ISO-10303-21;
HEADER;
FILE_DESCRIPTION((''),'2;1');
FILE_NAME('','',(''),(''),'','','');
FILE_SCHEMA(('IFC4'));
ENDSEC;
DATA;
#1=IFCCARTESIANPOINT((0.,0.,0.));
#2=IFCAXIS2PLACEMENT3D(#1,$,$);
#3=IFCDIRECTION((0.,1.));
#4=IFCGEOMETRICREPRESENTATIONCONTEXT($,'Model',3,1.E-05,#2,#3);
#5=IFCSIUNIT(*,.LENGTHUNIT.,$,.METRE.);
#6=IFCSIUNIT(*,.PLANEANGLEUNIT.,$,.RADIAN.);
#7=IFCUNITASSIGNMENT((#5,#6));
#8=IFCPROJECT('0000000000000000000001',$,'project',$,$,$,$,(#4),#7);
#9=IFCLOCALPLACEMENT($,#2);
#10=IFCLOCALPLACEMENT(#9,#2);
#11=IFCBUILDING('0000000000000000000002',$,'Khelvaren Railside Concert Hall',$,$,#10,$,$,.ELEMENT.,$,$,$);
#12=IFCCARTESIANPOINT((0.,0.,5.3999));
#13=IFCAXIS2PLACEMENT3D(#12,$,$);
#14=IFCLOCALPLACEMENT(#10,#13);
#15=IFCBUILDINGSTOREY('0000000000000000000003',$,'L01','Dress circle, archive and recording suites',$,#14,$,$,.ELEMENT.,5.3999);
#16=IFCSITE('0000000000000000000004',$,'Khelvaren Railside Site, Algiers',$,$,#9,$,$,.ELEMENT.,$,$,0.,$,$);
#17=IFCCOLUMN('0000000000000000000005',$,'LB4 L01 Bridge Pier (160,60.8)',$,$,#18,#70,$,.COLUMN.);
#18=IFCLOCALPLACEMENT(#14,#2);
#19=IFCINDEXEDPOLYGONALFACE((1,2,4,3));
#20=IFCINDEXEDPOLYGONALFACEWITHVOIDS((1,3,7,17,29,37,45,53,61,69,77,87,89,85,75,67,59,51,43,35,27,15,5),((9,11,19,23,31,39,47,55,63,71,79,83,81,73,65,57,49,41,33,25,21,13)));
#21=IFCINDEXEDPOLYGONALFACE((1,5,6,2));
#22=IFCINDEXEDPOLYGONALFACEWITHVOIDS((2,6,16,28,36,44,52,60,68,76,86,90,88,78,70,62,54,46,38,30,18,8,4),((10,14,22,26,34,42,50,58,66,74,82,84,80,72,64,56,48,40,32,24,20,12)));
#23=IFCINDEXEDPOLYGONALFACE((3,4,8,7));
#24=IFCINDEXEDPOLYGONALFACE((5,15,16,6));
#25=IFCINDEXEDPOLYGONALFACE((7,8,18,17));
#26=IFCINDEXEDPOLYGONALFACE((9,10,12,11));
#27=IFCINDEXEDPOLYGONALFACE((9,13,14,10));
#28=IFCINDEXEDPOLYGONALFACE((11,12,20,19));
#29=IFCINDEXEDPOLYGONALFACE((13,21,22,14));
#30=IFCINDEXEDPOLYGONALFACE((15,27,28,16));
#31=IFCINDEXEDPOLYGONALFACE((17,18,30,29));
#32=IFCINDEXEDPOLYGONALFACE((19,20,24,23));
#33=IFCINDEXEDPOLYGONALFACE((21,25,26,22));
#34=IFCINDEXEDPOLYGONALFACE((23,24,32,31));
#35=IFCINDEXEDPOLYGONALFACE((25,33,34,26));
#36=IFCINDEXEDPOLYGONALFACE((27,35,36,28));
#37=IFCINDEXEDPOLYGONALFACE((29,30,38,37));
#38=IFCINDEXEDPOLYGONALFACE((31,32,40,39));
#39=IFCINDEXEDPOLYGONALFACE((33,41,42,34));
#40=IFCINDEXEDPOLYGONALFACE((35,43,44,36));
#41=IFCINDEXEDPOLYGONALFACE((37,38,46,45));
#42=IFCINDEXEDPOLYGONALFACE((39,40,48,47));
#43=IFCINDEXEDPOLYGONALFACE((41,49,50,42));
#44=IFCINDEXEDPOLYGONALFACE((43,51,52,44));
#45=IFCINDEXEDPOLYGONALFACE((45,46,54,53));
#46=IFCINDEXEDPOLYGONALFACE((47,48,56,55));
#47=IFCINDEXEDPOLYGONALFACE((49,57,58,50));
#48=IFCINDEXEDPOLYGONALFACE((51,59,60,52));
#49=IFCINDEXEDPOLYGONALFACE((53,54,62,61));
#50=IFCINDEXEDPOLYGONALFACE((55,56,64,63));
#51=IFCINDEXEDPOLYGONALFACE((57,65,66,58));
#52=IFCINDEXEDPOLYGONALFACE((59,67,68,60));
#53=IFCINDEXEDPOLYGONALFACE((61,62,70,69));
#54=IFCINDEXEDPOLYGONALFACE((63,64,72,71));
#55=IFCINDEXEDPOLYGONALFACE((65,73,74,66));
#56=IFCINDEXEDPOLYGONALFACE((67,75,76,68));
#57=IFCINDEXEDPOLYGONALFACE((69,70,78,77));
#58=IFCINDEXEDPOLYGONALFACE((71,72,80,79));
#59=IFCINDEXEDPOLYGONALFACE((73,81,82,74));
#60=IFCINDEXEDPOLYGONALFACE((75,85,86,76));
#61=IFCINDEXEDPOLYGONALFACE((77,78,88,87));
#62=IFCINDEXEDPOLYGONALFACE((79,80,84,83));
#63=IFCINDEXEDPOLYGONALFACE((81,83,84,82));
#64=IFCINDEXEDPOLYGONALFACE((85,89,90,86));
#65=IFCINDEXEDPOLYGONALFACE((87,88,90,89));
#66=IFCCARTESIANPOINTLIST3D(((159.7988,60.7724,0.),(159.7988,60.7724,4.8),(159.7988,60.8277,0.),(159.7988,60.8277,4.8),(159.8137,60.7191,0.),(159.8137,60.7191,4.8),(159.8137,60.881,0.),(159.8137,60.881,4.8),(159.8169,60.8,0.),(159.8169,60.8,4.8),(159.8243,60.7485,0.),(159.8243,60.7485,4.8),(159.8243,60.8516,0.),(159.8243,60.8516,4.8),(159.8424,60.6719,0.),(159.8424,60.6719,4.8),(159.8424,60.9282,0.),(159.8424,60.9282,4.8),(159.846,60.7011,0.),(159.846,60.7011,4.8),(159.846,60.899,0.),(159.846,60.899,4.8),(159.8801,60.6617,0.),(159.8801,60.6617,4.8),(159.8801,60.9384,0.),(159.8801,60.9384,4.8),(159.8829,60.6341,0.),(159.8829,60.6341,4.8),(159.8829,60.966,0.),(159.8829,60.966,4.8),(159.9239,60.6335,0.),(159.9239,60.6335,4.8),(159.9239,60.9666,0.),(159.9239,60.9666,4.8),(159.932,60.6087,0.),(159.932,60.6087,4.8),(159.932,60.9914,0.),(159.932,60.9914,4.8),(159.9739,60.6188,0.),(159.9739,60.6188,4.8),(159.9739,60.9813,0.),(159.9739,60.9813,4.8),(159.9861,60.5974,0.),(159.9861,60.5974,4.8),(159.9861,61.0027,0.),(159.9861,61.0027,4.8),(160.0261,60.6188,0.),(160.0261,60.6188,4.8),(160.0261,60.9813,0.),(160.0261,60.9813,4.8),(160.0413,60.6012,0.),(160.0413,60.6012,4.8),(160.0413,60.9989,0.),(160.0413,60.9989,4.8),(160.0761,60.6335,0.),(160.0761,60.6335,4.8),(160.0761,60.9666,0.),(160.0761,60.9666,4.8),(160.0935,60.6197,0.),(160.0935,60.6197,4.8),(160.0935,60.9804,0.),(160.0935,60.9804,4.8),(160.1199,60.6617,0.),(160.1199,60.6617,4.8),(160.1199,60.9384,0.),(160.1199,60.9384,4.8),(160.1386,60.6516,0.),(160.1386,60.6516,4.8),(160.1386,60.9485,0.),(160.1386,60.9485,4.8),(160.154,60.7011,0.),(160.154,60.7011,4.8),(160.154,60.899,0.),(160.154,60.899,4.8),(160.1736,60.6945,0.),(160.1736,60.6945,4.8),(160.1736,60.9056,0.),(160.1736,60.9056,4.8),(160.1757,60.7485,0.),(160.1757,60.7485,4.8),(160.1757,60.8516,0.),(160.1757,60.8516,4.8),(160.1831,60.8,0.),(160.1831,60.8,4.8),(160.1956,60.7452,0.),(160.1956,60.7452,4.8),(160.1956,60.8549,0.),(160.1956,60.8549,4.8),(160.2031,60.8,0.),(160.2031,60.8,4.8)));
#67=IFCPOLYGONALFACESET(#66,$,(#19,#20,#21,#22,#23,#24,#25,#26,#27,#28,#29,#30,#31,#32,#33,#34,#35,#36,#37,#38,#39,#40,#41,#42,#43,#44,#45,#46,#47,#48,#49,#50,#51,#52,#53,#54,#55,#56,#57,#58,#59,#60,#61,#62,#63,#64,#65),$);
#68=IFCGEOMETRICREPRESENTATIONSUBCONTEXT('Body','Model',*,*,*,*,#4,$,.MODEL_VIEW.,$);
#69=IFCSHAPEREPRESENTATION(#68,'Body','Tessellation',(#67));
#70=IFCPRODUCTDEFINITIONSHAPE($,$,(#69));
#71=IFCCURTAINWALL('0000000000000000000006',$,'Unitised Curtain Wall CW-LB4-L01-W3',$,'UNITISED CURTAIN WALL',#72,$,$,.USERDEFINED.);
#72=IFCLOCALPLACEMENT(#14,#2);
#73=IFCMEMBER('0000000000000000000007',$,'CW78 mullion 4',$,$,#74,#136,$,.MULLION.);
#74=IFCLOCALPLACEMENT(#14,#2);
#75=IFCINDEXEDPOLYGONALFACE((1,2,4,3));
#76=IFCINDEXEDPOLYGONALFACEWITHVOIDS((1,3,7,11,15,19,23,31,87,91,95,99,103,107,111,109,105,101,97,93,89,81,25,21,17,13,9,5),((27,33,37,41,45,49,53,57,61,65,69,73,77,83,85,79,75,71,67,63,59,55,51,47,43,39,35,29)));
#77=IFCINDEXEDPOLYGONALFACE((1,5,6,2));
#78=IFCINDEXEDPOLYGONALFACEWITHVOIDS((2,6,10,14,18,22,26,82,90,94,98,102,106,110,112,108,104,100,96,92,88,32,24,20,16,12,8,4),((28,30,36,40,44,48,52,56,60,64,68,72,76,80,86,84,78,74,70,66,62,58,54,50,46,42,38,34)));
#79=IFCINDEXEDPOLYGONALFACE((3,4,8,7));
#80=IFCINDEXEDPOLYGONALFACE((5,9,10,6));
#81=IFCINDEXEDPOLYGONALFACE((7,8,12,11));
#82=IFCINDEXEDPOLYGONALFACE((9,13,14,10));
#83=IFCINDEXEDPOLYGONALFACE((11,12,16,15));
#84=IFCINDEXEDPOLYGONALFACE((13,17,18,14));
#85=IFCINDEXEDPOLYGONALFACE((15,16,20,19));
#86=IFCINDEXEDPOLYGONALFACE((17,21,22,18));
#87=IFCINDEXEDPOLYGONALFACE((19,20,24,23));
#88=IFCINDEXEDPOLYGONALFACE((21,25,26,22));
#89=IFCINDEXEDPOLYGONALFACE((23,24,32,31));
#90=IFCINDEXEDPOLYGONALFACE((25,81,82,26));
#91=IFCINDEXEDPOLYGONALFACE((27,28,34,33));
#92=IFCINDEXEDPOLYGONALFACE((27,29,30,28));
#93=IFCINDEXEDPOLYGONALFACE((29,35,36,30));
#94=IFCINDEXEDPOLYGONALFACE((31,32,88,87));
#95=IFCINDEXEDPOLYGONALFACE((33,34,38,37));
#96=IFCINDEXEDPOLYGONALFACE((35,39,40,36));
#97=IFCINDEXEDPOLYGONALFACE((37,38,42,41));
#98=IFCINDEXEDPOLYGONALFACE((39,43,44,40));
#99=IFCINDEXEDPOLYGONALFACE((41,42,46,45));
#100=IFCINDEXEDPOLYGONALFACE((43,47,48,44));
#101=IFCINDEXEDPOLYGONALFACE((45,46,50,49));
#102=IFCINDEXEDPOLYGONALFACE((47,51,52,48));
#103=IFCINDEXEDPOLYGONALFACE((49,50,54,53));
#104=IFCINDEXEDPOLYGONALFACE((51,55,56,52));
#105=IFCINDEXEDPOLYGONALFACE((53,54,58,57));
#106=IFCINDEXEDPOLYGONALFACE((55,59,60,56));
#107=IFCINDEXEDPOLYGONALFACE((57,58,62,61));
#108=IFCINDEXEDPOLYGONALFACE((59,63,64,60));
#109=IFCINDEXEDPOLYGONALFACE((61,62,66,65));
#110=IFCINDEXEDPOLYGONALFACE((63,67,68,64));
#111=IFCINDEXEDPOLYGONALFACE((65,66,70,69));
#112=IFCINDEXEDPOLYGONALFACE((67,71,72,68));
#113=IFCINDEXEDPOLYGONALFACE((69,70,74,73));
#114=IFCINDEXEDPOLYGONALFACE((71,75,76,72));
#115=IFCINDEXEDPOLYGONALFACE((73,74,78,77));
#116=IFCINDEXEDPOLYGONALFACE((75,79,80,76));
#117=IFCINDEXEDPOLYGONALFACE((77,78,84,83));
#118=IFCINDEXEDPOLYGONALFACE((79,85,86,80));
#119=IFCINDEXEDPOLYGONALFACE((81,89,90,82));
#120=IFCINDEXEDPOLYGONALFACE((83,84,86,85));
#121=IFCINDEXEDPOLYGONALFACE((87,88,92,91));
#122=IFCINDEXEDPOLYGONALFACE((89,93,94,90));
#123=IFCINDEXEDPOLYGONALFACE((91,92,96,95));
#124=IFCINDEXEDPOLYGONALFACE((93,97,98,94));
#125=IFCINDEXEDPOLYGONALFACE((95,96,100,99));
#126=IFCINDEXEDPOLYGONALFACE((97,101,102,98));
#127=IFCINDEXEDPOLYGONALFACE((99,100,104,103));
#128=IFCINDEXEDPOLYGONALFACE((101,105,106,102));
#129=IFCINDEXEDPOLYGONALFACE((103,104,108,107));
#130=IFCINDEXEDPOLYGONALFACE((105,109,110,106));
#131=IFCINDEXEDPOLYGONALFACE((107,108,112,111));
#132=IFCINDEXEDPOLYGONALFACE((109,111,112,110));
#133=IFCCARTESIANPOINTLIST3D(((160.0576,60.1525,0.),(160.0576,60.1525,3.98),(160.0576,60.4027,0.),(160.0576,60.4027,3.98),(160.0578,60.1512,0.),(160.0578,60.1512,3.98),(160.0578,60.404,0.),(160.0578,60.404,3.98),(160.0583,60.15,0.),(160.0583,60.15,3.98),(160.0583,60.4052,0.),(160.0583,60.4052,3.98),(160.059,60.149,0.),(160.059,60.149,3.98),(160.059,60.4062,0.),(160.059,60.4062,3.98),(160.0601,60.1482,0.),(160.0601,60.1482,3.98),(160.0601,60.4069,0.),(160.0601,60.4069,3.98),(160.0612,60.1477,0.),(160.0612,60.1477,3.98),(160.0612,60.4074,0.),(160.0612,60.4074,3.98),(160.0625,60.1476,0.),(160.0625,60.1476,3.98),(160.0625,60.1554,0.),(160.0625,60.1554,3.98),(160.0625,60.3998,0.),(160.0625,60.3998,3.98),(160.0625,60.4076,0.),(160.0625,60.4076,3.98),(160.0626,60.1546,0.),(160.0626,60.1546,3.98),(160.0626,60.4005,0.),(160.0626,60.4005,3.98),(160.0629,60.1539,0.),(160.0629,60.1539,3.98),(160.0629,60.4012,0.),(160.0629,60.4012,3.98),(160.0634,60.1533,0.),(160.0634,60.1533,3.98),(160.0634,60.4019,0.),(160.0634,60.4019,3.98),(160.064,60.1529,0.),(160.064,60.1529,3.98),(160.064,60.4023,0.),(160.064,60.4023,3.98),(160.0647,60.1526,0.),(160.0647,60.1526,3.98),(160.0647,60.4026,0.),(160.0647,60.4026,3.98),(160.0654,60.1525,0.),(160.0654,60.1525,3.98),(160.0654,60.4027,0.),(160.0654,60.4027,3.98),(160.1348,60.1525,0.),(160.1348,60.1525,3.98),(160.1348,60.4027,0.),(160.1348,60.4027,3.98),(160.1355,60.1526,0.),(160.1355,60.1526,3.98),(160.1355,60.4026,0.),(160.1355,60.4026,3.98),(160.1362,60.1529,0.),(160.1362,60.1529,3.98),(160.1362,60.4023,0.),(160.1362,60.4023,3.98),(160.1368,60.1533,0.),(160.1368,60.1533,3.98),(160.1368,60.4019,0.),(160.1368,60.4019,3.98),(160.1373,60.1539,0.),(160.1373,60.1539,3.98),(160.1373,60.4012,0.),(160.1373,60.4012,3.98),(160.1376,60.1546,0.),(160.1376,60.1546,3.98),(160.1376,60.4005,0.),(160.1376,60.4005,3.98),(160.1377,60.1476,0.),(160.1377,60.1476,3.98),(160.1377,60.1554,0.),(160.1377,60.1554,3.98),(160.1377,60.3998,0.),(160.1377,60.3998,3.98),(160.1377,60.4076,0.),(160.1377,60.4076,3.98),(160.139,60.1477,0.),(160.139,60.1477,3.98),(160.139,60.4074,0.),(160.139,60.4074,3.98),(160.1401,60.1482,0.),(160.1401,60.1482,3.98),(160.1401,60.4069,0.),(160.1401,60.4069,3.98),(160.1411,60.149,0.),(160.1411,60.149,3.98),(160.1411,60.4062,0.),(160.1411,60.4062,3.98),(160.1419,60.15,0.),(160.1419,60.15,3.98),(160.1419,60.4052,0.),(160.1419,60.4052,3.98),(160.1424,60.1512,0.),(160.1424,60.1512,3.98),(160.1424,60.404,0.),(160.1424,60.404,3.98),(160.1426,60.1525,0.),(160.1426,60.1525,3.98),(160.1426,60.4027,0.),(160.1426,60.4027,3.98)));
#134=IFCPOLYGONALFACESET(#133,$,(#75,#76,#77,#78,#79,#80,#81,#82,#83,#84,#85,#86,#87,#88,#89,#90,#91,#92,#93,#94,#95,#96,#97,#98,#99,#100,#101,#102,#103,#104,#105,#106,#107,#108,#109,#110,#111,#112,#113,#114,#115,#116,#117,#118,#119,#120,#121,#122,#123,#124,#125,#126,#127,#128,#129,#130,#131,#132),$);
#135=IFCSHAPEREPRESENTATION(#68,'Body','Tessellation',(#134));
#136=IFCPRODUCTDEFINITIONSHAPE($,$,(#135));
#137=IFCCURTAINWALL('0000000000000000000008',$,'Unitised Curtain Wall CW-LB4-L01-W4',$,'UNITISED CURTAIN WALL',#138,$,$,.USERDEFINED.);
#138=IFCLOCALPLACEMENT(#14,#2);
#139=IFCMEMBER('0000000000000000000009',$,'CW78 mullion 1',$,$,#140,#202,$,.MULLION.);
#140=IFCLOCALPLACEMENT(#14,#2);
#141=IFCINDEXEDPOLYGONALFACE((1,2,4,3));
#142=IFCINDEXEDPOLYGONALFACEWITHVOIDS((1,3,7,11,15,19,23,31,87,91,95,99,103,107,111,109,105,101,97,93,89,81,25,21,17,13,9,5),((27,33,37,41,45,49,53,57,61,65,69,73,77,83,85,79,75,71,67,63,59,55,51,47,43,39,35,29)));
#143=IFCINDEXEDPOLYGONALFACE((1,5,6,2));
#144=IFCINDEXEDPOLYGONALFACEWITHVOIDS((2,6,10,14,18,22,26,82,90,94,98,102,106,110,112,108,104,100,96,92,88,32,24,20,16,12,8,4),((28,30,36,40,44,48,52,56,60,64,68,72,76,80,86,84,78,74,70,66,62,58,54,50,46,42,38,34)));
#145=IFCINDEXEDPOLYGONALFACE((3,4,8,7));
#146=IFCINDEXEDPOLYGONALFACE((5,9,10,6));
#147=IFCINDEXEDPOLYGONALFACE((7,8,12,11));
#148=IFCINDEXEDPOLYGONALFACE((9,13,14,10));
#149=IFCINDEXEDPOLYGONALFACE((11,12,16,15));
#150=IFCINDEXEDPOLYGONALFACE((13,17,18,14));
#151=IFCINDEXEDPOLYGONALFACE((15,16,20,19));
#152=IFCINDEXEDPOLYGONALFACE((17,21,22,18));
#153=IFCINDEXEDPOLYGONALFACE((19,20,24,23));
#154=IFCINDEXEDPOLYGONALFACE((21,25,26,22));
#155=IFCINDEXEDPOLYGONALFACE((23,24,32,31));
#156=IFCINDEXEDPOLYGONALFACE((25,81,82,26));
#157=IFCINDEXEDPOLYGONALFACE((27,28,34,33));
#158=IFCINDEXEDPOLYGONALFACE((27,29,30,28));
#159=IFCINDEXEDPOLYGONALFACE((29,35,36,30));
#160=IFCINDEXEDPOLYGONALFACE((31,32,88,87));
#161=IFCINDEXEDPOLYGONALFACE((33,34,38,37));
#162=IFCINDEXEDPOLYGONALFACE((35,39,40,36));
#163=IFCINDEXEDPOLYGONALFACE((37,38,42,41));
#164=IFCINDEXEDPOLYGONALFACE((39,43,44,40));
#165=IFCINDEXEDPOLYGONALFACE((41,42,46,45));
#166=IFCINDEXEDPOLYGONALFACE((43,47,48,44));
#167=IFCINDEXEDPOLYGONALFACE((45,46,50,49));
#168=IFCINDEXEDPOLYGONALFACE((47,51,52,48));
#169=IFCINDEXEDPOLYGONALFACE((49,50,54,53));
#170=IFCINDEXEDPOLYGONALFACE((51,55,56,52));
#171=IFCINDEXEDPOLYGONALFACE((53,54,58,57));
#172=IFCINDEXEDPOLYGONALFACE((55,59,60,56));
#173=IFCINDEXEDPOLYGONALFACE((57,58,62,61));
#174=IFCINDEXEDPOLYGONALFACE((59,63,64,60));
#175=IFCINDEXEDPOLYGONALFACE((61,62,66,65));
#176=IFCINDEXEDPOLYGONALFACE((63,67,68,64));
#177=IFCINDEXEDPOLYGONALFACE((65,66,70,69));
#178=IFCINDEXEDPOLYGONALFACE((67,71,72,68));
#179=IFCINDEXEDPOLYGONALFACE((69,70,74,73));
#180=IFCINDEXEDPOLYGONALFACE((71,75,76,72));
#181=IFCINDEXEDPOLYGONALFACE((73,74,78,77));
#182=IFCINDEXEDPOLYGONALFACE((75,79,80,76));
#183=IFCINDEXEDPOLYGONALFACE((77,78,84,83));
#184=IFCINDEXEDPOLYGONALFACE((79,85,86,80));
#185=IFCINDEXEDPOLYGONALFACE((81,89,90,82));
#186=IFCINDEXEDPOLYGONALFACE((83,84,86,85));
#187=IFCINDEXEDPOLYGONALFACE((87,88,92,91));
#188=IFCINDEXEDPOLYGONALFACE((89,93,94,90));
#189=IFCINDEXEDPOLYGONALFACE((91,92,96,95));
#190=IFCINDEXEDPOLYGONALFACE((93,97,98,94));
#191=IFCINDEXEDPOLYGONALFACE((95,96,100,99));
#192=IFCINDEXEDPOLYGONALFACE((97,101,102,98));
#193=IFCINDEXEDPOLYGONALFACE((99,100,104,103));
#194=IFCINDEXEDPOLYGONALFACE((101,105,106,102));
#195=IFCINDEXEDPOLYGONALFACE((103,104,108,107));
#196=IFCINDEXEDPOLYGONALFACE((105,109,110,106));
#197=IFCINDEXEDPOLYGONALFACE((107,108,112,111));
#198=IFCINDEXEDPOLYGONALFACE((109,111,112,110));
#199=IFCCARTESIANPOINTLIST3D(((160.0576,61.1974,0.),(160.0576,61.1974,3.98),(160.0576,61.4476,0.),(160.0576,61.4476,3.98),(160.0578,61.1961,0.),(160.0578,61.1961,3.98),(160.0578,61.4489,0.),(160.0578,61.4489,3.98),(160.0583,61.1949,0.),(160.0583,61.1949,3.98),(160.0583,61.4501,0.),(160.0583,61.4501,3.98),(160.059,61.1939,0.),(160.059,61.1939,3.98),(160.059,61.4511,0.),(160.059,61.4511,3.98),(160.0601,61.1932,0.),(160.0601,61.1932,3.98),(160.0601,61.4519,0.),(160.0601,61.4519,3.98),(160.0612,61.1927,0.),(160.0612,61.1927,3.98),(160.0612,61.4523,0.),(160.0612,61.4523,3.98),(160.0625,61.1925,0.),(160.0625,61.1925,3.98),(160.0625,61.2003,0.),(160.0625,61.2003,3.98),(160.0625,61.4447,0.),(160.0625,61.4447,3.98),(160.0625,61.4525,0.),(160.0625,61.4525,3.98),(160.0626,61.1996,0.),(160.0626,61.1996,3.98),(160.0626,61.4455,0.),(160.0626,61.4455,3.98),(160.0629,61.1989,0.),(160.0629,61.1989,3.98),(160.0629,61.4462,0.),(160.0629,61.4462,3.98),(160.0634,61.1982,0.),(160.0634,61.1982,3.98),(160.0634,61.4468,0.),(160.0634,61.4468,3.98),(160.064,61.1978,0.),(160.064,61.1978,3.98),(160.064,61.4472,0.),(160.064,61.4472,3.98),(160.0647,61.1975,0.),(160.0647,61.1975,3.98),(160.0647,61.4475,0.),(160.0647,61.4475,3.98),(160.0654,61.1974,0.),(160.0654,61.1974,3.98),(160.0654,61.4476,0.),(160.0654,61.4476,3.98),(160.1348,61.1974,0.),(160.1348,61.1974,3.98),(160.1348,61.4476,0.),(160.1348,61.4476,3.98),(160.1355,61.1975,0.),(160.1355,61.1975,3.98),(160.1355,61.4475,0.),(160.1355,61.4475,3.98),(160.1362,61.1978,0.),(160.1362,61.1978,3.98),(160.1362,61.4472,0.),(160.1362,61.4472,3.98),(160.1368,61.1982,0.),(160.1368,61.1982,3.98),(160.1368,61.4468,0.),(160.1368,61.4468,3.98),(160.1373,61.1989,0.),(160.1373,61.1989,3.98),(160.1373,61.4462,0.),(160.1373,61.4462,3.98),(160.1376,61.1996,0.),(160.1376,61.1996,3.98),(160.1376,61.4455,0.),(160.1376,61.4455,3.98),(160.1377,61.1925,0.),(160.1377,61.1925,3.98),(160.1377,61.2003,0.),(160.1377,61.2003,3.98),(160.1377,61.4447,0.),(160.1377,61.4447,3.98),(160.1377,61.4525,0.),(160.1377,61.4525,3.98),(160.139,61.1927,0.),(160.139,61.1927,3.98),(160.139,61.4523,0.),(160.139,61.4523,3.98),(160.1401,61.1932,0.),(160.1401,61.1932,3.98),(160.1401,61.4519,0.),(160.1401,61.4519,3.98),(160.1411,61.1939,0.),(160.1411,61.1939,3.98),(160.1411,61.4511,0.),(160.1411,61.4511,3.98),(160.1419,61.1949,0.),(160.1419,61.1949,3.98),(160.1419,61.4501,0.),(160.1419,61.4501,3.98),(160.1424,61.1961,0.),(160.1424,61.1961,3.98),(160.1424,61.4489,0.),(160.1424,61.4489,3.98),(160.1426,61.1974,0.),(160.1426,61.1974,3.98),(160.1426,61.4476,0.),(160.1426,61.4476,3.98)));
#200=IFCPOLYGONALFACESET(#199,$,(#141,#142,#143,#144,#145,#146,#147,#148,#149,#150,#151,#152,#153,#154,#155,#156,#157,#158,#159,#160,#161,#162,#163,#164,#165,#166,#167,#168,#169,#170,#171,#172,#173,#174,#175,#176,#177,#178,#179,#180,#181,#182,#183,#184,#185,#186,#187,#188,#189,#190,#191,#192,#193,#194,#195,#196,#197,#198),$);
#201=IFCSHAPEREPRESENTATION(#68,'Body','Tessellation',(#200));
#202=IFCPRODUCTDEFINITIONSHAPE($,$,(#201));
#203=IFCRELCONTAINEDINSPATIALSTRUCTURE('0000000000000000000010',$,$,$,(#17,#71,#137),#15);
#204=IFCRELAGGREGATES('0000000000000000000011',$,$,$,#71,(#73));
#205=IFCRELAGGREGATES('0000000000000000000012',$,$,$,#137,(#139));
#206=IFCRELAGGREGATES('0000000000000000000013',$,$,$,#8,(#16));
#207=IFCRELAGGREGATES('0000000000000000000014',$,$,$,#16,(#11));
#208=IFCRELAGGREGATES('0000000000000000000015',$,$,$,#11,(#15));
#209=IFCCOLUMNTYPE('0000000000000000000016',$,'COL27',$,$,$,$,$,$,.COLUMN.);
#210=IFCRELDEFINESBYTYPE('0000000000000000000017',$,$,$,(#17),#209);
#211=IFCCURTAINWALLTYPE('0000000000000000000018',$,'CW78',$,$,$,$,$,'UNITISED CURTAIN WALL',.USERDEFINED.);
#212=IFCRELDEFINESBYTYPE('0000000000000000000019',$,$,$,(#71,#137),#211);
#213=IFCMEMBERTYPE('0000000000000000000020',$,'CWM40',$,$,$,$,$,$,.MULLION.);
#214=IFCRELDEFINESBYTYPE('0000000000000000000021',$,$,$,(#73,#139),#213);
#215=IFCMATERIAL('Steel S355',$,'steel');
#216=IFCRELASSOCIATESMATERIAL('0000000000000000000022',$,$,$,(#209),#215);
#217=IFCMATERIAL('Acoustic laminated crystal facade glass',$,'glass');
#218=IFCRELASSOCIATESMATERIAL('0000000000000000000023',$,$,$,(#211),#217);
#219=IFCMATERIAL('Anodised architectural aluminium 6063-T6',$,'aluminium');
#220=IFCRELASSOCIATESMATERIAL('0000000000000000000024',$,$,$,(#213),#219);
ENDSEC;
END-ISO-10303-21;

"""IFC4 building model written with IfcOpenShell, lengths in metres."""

from ifc_helpers import new_model, si_unit, direction, frame, origin, origin_2d, place, context, subcontext, project, spatial, hollow_rectangle, hollow_circle, extrude, material, material_profile, profile_set, type_object, element, aggregate, save


model = new_model("IFC4")

# Units and contexts
model_context = context("Model", 3, precision=1e-05, world=origin(), true_north=direction((0.0, 1.0)))
body_context = subcontext(model_context, "Body", "Model", "MODEL_VIEW")
ifc_project = project(units=[si_unit("LENGTHUNIT", "METRE"), si_unit("PLANEANGLEUNIT", "RADIAN")], contexts=[model_context])

# Site, building, storey
site_placement = place(None, origin())
site = spatial("IfcSite", under=ifc_project, at=site_placement, Name="Khelvaren Railside Site, Algiers", CompositionType="ELEMENT", RefElevation=0.0)
building_placement = place(site_placement, origin())
building = spatial("IfcBuilding", under=site, at=building_placement, Name="Khelvaren Railside Concert Hall", CompositionType="ELEMENT")
storey_placement = place(building_placement, frame((0.0, 0.0, 5.3999)))
storey = spatial("IfcBuildingStorey", under=building, at=storey_placement, Name="L01", Description="Dress circle, archive and recording suites", CompositionType="ELEMENT", Elevation=5.3999)

# Column
ifc_material_1 = material(Name="Steel S355", Category="steel")
ifc_material_profile_1 = material_profile(ifc_material_1, hollow_circle(Radius=0.2031, WallThickness=0.02, at=origin_2d()), Name="CHS 406.4x20")
ifc_profile_set_1 = profile_set([ifc_material_profile_1], Name="Steel S355")
column_type = type_object("IfcColumnType", Name="COL27", PredefinedType="COLUMN", material=ifc_profile_set_1)
column_placement = place(storey_placement, frame((160.0, 60.8, 0.0), z_axis=(0.0, 0.0, 1.0), x_axis=(1.0, 0.0, 0.0)))
element("IfcColumn", 1, at=column_placement, inside=storey, type_object=column_type, Name="LB4 L01 Bridge Pier (160,60.8)", PredefinedType="COLUMN", context=body_context, shape_type="SweptSolid", body=[
    extrude(hollow_circle(Radius=0.2031, WallThickness=0.02, at=origin_2d()), origin(), (0.0, 0.0, 1.0), 4.8),
])

# Curtain wall, member
ifc_material_2 = material(Name="Acoustic laminated crystal facade glass", Category="glass")
curtain_wall_type = type_object("IfcCurtainWallType", Name="CW78", ElementType="UNITISED CURTAIN WALL", PredefinedType="USERDEFINED", material=ifc_material_2)
curtain_wall_1_placement = place(storey_placement, origin())
curtain_wall_1 = element("IfcCurtainWall", 2, at=curtain_wall_1_placement, inside=storey, type_object=curtain_wall_type, Name="Unitised Curtain Wall CW-LB4-L01-W3", ObjectType="UNITISED CURTAIN WALL", PredefinedType="USERDEFINED")
ifc_material_3 = material(Name="Anodised architectural aluminium 6063-T6", Category="aluminium")
ifc_material_profile_2 = material_profile(ifc_material_3, hollow_rectangle(XDim=0.085, YDim=0.26, WallThickness=0.0049, InnerFilletRadius=0.0029, OuterFilletRadius=0.0049, at=origin_2d()), Name="CWM 85x260x5")
ifc_profile_set_2 = profile_set([ifc_material_profile_2], Name="Anodised architectural aluminium 6063-T6")
member_type_1 = type_object("IfcMemberType", Name="CWM40", PredefinedType="MULLION", material=ifc_profile_set_2)
member_1_placement = place(storey_placement, frame((160.1001, 60.2776, 0.0), z_axis=(0.0, 0.0, 1.0), x_axis=(-1.0, 0.0, 0.0)))
member_1 = element("IfcMember", 3, at=member_1_placement, type_object=member_type_1, Name="CW78 mullion 4", PredefinedType="MULLION", context=body_context, shape_type="SweptSolid", body=[
    extrude(hollow_rectangle(XDim=0.085, YDim=0.26, WallThickness=0.0049, InnerFilletRadius=0.0029, OuterFilletRadius=0.0049, at=origin_2d()), origin(), (0.0, 0.0, 1.0), 3.98),
])
aggregate(curtain_wall_1, [member_1])

# Curtain wall, member
curtain_wall_2_placement = place(storey_placement, origin())
curtain_wall_2 = element("IfcCurtainWall", 4, at=curtain_wall_2_placement, inside=storey, type_object=curtain_wall_type, Name="Unitised Curtain Wall CW-LB4-L01-W4", ObjectType="UNITISED CURTAIN WALL", PredefinedType="USERDEFINED")
member_2_placement = place(storey_placement, frame((160.1001, 61.3225, 0.0), z_axis=(0.0, 0.0, 1.0), x_axis=(-1.0, 0.0, 0.0)))
member_2 = element("IfcMember", 5, at=member_2_placement, type_object=member_type_1, Name="CW78 mullion 1", PredefinedType="MULLION", context=body_context, shape_type="SweptSolid", body=[
    extrude(hollow_rectangle(XDim=0.085, YDim=0.26, WallThickness=0.0049, InnerFilletRadius=0.0029, OuterFilletRadius=0.0049, at=origin_2d()), origin(), (0.0, 0.0, 1.0), 3.98),
])

aggregate(curtain_wall_2, [member_2])

save(model, "model.ifc")
